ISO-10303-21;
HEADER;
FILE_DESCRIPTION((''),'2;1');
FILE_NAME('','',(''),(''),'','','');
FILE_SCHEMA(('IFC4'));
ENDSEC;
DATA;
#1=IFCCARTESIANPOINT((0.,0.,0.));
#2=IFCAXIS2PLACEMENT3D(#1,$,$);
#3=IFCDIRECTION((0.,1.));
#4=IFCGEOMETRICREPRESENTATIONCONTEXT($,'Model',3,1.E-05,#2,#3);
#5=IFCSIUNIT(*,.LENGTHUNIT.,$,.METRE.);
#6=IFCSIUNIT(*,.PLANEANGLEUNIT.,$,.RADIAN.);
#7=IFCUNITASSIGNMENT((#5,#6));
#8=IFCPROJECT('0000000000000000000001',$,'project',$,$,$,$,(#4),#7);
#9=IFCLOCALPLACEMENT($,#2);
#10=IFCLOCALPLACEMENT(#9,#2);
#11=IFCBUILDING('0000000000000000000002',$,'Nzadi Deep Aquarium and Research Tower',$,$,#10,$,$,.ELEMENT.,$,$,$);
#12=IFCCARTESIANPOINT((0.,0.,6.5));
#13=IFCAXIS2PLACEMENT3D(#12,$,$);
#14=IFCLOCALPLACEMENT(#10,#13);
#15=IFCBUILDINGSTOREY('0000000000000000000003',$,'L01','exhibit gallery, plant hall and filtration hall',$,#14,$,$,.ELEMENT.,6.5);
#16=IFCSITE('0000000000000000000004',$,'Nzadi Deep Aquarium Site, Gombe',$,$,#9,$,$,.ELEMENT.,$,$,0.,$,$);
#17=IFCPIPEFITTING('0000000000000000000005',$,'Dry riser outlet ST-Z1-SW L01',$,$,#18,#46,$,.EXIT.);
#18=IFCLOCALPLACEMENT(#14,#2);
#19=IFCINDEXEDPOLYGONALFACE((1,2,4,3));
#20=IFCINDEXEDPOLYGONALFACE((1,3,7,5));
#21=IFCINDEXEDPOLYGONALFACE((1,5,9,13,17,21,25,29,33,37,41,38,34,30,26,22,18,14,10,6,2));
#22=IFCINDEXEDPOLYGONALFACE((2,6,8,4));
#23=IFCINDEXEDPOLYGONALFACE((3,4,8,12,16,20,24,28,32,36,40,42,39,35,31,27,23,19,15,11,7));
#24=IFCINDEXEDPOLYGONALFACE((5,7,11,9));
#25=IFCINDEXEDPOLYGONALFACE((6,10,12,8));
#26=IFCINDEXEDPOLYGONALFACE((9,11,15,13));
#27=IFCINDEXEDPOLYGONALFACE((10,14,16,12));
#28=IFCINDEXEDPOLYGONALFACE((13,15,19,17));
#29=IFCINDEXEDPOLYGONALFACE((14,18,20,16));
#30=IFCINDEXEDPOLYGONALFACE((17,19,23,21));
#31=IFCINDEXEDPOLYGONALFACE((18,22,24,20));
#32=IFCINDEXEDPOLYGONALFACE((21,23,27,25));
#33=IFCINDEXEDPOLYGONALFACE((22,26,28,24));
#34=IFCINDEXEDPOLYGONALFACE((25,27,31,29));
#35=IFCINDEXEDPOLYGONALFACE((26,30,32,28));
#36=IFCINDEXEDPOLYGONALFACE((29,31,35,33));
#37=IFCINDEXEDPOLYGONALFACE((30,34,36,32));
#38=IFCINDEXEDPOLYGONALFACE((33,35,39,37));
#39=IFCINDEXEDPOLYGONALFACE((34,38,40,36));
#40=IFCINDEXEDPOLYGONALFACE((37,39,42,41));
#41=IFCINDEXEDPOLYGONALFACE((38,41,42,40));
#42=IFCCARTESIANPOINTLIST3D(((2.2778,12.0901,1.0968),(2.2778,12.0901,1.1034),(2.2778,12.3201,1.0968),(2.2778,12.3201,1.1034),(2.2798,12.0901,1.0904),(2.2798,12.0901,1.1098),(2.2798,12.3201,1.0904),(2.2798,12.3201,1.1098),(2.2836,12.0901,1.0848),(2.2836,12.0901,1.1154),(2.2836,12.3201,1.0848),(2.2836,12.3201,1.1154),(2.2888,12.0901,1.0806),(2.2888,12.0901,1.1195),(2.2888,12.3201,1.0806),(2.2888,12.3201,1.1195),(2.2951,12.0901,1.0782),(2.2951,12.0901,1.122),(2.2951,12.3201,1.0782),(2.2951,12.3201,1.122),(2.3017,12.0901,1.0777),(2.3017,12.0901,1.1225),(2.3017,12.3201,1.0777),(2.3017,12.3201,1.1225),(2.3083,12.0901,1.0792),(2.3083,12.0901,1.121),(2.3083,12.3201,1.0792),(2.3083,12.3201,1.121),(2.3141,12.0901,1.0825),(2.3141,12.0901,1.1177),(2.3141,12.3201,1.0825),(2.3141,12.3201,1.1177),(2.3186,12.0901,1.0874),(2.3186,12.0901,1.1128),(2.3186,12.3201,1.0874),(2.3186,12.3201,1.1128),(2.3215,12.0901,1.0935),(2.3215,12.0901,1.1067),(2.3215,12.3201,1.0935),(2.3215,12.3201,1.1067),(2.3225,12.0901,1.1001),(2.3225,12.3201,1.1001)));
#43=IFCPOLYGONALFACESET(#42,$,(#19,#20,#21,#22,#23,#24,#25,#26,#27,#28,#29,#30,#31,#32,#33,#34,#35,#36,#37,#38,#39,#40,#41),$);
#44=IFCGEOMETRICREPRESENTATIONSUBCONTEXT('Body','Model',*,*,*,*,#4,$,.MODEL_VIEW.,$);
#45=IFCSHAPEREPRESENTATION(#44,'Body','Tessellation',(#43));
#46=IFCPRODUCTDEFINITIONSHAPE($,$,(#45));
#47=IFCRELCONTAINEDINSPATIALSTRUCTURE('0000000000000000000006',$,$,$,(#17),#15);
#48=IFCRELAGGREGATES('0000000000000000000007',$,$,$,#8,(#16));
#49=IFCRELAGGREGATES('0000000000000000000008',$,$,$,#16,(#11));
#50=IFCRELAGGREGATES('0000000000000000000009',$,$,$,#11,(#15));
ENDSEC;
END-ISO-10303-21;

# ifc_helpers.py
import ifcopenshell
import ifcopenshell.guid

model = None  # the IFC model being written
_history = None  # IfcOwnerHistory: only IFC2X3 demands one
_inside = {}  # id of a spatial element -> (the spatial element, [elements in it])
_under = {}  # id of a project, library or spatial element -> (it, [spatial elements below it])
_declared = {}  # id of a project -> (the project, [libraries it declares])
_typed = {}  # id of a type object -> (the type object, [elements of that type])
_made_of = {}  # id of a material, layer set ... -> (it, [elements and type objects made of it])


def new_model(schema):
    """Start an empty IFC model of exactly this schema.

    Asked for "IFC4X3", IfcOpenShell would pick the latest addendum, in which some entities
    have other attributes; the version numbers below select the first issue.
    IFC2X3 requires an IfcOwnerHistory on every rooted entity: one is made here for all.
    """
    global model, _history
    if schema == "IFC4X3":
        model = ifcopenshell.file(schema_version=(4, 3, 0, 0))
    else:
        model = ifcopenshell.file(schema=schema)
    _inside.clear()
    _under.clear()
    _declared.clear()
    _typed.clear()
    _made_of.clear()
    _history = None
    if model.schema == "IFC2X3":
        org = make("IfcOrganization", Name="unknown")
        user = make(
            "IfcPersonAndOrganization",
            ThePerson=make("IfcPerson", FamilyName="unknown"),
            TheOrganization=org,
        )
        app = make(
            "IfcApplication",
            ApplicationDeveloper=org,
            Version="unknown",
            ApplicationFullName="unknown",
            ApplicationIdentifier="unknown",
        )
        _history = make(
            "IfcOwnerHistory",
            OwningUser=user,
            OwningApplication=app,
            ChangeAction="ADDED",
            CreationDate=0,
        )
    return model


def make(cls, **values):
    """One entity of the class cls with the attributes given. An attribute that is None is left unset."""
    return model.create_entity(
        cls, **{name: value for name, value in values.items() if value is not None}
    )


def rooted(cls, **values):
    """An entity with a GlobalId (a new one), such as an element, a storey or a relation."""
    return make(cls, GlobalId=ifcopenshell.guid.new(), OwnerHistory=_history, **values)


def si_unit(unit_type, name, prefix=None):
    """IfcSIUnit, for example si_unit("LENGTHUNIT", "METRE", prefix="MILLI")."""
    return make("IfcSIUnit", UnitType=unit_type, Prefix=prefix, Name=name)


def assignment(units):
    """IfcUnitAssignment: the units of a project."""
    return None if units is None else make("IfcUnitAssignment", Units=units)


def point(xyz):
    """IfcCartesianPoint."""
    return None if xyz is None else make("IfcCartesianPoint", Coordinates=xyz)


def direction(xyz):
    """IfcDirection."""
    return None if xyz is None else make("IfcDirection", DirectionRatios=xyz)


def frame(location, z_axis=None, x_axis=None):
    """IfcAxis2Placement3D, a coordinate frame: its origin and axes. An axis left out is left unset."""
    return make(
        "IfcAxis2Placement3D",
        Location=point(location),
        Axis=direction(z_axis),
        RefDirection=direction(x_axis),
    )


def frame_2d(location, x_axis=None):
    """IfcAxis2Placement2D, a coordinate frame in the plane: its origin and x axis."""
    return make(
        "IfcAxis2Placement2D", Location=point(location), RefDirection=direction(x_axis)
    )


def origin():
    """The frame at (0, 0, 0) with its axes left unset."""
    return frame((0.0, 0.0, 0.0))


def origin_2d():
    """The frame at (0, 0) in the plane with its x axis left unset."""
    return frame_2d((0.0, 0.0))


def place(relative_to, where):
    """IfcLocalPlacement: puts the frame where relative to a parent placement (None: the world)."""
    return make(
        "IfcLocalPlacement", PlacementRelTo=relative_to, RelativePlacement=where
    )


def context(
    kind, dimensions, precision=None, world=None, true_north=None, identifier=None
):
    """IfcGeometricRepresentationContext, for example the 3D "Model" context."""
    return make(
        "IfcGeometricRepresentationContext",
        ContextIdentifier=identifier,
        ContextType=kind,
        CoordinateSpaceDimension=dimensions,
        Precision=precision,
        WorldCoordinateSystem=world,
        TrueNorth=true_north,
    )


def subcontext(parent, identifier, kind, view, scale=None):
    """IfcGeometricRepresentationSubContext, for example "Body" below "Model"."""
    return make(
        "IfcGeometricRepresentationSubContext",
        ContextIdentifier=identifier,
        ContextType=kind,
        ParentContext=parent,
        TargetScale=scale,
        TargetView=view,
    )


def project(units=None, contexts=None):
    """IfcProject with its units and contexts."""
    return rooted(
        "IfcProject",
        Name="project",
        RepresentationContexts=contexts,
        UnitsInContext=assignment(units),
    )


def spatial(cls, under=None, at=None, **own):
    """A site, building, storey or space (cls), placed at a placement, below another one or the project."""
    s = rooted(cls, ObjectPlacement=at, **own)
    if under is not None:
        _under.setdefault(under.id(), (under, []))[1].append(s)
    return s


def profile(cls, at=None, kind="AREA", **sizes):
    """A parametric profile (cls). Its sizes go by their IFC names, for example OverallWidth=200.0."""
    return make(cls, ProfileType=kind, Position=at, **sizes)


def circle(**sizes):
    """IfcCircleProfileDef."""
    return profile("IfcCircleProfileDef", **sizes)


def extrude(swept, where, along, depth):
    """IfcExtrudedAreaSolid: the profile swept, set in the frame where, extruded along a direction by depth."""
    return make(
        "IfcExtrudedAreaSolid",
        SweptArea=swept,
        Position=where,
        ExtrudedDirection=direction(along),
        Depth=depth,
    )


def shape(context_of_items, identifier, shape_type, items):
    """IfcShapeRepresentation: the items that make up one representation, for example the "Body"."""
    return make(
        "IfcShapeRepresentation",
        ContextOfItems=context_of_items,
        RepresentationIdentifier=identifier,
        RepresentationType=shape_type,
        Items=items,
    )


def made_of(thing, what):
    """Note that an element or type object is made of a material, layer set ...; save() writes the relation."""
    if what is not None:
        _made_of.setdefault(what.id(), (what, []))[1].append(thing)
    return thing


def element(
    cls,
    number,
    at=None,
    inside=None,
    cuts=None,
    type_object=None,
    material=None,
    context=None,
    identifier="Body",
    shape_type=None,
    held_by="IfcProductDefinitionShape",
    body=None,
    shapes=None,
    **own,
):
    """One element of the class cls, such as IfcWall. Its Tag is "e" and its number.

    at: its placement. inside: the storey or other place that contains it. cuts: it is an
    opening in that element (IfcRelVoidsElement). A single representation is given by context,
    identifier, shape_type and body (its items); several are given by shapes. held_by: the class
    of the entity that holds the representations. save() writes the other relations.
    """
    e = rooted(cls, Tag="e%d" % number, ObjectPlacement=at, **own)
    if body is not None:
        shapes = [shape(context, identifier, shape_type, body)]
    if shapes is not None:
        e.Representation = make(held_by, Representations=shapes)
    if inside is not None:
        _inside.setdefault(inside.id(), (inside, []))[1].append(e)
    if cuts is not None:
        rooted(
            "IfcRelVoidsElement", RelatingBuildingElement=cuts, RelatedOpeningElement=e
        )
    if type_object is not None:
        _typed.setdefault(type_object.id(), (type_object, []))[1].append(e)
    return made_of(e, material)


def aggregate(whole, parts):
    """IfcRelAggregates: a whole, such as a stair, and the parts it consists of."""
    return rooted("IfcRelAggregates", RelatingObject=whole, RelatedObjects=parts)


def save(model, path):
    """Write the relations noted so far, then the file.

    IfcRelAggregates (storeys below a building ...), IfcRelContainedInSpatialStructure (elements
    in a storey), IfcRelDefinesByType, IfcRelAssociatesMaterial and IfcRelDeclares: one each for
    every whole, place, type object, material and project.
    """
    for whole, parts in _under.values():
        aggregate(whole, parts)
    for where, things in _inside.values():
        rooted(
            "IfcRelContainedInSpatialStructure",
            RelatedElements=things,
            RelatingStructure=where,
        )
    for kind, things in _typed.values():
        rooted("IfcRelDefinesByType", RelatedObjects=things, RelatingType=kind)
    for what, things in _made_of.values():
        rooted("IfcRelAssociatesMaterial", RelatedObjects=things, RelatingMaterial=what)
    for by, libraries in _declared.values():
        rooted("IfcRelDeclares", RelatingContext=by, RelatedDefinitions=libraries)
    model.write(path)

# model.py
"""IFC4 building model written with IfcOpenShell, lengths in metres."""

from ifc_helpers import new_model, si_unit, direction, frame, origin, origin_2d, place, context, subcontext, project, spatial, circle, extrude, element, save


model = new_model("IFC4")

# Units and contexts
model_context = context("Model", 3, precision=1e-05, world=origin(), true_north=direction((0.0, 1.0)))
body_context = subcontext(model_context, "Body", "Model", "MODEL_VIEW")
ifc_project = project(units=[si_unit("LENGTHUNIT", "METRE"), si_unit("PLANEANGLEUNIT", "RADIAN")], contexts=[model_context])

# Site, building, storey
site_placement = place(None, origin())
site = spatial("IfcSite", under=ifc_project, at=site_placement, Name="Nzadi Deep Aquarium Site, Gombe", CompositionType="ELEMENT", RefElevation=0.0)
building_placement = place(site_placement, origin())
building = spatial("IfcBuilding", under=site, at=building_placement, Name="Nzadi Deep Aquarium and Research Tower", CompositionType="ELEMENT")
storey_placement = place(building_placement, frame((0.0, 0.0, 6.5)))
storey = spatial("IfcBuildingStorey", under=building, at=storey_placement, Name="L01", Description="exhibit gallery, plant hall and filtration hall", CompositionType="ELEMENT", Elevation=6.5)

# Pipe fitting
pipe_fitting_placement = place(storey_placement, frame((2.3, 12.3201, 1.1001), z_axis=(0.0, -1.0, 0.0), x_axis=(1.0, 0.0, 0.0)))
element("IfcPipeFitting", 1, at=pipe_fitting_placement, inside=storey, Name="Dry riser outlet ST-Z1-SW L01", PredefinedType="EXIT", context=body_context, shape_type="SweptSolid", body=[
    extrude(circle(Radius=0.0225, at=origin_2d()), origin(), (0.0, 0.0, 1.0), 0.23),
])

save(model, "model.ifc")
